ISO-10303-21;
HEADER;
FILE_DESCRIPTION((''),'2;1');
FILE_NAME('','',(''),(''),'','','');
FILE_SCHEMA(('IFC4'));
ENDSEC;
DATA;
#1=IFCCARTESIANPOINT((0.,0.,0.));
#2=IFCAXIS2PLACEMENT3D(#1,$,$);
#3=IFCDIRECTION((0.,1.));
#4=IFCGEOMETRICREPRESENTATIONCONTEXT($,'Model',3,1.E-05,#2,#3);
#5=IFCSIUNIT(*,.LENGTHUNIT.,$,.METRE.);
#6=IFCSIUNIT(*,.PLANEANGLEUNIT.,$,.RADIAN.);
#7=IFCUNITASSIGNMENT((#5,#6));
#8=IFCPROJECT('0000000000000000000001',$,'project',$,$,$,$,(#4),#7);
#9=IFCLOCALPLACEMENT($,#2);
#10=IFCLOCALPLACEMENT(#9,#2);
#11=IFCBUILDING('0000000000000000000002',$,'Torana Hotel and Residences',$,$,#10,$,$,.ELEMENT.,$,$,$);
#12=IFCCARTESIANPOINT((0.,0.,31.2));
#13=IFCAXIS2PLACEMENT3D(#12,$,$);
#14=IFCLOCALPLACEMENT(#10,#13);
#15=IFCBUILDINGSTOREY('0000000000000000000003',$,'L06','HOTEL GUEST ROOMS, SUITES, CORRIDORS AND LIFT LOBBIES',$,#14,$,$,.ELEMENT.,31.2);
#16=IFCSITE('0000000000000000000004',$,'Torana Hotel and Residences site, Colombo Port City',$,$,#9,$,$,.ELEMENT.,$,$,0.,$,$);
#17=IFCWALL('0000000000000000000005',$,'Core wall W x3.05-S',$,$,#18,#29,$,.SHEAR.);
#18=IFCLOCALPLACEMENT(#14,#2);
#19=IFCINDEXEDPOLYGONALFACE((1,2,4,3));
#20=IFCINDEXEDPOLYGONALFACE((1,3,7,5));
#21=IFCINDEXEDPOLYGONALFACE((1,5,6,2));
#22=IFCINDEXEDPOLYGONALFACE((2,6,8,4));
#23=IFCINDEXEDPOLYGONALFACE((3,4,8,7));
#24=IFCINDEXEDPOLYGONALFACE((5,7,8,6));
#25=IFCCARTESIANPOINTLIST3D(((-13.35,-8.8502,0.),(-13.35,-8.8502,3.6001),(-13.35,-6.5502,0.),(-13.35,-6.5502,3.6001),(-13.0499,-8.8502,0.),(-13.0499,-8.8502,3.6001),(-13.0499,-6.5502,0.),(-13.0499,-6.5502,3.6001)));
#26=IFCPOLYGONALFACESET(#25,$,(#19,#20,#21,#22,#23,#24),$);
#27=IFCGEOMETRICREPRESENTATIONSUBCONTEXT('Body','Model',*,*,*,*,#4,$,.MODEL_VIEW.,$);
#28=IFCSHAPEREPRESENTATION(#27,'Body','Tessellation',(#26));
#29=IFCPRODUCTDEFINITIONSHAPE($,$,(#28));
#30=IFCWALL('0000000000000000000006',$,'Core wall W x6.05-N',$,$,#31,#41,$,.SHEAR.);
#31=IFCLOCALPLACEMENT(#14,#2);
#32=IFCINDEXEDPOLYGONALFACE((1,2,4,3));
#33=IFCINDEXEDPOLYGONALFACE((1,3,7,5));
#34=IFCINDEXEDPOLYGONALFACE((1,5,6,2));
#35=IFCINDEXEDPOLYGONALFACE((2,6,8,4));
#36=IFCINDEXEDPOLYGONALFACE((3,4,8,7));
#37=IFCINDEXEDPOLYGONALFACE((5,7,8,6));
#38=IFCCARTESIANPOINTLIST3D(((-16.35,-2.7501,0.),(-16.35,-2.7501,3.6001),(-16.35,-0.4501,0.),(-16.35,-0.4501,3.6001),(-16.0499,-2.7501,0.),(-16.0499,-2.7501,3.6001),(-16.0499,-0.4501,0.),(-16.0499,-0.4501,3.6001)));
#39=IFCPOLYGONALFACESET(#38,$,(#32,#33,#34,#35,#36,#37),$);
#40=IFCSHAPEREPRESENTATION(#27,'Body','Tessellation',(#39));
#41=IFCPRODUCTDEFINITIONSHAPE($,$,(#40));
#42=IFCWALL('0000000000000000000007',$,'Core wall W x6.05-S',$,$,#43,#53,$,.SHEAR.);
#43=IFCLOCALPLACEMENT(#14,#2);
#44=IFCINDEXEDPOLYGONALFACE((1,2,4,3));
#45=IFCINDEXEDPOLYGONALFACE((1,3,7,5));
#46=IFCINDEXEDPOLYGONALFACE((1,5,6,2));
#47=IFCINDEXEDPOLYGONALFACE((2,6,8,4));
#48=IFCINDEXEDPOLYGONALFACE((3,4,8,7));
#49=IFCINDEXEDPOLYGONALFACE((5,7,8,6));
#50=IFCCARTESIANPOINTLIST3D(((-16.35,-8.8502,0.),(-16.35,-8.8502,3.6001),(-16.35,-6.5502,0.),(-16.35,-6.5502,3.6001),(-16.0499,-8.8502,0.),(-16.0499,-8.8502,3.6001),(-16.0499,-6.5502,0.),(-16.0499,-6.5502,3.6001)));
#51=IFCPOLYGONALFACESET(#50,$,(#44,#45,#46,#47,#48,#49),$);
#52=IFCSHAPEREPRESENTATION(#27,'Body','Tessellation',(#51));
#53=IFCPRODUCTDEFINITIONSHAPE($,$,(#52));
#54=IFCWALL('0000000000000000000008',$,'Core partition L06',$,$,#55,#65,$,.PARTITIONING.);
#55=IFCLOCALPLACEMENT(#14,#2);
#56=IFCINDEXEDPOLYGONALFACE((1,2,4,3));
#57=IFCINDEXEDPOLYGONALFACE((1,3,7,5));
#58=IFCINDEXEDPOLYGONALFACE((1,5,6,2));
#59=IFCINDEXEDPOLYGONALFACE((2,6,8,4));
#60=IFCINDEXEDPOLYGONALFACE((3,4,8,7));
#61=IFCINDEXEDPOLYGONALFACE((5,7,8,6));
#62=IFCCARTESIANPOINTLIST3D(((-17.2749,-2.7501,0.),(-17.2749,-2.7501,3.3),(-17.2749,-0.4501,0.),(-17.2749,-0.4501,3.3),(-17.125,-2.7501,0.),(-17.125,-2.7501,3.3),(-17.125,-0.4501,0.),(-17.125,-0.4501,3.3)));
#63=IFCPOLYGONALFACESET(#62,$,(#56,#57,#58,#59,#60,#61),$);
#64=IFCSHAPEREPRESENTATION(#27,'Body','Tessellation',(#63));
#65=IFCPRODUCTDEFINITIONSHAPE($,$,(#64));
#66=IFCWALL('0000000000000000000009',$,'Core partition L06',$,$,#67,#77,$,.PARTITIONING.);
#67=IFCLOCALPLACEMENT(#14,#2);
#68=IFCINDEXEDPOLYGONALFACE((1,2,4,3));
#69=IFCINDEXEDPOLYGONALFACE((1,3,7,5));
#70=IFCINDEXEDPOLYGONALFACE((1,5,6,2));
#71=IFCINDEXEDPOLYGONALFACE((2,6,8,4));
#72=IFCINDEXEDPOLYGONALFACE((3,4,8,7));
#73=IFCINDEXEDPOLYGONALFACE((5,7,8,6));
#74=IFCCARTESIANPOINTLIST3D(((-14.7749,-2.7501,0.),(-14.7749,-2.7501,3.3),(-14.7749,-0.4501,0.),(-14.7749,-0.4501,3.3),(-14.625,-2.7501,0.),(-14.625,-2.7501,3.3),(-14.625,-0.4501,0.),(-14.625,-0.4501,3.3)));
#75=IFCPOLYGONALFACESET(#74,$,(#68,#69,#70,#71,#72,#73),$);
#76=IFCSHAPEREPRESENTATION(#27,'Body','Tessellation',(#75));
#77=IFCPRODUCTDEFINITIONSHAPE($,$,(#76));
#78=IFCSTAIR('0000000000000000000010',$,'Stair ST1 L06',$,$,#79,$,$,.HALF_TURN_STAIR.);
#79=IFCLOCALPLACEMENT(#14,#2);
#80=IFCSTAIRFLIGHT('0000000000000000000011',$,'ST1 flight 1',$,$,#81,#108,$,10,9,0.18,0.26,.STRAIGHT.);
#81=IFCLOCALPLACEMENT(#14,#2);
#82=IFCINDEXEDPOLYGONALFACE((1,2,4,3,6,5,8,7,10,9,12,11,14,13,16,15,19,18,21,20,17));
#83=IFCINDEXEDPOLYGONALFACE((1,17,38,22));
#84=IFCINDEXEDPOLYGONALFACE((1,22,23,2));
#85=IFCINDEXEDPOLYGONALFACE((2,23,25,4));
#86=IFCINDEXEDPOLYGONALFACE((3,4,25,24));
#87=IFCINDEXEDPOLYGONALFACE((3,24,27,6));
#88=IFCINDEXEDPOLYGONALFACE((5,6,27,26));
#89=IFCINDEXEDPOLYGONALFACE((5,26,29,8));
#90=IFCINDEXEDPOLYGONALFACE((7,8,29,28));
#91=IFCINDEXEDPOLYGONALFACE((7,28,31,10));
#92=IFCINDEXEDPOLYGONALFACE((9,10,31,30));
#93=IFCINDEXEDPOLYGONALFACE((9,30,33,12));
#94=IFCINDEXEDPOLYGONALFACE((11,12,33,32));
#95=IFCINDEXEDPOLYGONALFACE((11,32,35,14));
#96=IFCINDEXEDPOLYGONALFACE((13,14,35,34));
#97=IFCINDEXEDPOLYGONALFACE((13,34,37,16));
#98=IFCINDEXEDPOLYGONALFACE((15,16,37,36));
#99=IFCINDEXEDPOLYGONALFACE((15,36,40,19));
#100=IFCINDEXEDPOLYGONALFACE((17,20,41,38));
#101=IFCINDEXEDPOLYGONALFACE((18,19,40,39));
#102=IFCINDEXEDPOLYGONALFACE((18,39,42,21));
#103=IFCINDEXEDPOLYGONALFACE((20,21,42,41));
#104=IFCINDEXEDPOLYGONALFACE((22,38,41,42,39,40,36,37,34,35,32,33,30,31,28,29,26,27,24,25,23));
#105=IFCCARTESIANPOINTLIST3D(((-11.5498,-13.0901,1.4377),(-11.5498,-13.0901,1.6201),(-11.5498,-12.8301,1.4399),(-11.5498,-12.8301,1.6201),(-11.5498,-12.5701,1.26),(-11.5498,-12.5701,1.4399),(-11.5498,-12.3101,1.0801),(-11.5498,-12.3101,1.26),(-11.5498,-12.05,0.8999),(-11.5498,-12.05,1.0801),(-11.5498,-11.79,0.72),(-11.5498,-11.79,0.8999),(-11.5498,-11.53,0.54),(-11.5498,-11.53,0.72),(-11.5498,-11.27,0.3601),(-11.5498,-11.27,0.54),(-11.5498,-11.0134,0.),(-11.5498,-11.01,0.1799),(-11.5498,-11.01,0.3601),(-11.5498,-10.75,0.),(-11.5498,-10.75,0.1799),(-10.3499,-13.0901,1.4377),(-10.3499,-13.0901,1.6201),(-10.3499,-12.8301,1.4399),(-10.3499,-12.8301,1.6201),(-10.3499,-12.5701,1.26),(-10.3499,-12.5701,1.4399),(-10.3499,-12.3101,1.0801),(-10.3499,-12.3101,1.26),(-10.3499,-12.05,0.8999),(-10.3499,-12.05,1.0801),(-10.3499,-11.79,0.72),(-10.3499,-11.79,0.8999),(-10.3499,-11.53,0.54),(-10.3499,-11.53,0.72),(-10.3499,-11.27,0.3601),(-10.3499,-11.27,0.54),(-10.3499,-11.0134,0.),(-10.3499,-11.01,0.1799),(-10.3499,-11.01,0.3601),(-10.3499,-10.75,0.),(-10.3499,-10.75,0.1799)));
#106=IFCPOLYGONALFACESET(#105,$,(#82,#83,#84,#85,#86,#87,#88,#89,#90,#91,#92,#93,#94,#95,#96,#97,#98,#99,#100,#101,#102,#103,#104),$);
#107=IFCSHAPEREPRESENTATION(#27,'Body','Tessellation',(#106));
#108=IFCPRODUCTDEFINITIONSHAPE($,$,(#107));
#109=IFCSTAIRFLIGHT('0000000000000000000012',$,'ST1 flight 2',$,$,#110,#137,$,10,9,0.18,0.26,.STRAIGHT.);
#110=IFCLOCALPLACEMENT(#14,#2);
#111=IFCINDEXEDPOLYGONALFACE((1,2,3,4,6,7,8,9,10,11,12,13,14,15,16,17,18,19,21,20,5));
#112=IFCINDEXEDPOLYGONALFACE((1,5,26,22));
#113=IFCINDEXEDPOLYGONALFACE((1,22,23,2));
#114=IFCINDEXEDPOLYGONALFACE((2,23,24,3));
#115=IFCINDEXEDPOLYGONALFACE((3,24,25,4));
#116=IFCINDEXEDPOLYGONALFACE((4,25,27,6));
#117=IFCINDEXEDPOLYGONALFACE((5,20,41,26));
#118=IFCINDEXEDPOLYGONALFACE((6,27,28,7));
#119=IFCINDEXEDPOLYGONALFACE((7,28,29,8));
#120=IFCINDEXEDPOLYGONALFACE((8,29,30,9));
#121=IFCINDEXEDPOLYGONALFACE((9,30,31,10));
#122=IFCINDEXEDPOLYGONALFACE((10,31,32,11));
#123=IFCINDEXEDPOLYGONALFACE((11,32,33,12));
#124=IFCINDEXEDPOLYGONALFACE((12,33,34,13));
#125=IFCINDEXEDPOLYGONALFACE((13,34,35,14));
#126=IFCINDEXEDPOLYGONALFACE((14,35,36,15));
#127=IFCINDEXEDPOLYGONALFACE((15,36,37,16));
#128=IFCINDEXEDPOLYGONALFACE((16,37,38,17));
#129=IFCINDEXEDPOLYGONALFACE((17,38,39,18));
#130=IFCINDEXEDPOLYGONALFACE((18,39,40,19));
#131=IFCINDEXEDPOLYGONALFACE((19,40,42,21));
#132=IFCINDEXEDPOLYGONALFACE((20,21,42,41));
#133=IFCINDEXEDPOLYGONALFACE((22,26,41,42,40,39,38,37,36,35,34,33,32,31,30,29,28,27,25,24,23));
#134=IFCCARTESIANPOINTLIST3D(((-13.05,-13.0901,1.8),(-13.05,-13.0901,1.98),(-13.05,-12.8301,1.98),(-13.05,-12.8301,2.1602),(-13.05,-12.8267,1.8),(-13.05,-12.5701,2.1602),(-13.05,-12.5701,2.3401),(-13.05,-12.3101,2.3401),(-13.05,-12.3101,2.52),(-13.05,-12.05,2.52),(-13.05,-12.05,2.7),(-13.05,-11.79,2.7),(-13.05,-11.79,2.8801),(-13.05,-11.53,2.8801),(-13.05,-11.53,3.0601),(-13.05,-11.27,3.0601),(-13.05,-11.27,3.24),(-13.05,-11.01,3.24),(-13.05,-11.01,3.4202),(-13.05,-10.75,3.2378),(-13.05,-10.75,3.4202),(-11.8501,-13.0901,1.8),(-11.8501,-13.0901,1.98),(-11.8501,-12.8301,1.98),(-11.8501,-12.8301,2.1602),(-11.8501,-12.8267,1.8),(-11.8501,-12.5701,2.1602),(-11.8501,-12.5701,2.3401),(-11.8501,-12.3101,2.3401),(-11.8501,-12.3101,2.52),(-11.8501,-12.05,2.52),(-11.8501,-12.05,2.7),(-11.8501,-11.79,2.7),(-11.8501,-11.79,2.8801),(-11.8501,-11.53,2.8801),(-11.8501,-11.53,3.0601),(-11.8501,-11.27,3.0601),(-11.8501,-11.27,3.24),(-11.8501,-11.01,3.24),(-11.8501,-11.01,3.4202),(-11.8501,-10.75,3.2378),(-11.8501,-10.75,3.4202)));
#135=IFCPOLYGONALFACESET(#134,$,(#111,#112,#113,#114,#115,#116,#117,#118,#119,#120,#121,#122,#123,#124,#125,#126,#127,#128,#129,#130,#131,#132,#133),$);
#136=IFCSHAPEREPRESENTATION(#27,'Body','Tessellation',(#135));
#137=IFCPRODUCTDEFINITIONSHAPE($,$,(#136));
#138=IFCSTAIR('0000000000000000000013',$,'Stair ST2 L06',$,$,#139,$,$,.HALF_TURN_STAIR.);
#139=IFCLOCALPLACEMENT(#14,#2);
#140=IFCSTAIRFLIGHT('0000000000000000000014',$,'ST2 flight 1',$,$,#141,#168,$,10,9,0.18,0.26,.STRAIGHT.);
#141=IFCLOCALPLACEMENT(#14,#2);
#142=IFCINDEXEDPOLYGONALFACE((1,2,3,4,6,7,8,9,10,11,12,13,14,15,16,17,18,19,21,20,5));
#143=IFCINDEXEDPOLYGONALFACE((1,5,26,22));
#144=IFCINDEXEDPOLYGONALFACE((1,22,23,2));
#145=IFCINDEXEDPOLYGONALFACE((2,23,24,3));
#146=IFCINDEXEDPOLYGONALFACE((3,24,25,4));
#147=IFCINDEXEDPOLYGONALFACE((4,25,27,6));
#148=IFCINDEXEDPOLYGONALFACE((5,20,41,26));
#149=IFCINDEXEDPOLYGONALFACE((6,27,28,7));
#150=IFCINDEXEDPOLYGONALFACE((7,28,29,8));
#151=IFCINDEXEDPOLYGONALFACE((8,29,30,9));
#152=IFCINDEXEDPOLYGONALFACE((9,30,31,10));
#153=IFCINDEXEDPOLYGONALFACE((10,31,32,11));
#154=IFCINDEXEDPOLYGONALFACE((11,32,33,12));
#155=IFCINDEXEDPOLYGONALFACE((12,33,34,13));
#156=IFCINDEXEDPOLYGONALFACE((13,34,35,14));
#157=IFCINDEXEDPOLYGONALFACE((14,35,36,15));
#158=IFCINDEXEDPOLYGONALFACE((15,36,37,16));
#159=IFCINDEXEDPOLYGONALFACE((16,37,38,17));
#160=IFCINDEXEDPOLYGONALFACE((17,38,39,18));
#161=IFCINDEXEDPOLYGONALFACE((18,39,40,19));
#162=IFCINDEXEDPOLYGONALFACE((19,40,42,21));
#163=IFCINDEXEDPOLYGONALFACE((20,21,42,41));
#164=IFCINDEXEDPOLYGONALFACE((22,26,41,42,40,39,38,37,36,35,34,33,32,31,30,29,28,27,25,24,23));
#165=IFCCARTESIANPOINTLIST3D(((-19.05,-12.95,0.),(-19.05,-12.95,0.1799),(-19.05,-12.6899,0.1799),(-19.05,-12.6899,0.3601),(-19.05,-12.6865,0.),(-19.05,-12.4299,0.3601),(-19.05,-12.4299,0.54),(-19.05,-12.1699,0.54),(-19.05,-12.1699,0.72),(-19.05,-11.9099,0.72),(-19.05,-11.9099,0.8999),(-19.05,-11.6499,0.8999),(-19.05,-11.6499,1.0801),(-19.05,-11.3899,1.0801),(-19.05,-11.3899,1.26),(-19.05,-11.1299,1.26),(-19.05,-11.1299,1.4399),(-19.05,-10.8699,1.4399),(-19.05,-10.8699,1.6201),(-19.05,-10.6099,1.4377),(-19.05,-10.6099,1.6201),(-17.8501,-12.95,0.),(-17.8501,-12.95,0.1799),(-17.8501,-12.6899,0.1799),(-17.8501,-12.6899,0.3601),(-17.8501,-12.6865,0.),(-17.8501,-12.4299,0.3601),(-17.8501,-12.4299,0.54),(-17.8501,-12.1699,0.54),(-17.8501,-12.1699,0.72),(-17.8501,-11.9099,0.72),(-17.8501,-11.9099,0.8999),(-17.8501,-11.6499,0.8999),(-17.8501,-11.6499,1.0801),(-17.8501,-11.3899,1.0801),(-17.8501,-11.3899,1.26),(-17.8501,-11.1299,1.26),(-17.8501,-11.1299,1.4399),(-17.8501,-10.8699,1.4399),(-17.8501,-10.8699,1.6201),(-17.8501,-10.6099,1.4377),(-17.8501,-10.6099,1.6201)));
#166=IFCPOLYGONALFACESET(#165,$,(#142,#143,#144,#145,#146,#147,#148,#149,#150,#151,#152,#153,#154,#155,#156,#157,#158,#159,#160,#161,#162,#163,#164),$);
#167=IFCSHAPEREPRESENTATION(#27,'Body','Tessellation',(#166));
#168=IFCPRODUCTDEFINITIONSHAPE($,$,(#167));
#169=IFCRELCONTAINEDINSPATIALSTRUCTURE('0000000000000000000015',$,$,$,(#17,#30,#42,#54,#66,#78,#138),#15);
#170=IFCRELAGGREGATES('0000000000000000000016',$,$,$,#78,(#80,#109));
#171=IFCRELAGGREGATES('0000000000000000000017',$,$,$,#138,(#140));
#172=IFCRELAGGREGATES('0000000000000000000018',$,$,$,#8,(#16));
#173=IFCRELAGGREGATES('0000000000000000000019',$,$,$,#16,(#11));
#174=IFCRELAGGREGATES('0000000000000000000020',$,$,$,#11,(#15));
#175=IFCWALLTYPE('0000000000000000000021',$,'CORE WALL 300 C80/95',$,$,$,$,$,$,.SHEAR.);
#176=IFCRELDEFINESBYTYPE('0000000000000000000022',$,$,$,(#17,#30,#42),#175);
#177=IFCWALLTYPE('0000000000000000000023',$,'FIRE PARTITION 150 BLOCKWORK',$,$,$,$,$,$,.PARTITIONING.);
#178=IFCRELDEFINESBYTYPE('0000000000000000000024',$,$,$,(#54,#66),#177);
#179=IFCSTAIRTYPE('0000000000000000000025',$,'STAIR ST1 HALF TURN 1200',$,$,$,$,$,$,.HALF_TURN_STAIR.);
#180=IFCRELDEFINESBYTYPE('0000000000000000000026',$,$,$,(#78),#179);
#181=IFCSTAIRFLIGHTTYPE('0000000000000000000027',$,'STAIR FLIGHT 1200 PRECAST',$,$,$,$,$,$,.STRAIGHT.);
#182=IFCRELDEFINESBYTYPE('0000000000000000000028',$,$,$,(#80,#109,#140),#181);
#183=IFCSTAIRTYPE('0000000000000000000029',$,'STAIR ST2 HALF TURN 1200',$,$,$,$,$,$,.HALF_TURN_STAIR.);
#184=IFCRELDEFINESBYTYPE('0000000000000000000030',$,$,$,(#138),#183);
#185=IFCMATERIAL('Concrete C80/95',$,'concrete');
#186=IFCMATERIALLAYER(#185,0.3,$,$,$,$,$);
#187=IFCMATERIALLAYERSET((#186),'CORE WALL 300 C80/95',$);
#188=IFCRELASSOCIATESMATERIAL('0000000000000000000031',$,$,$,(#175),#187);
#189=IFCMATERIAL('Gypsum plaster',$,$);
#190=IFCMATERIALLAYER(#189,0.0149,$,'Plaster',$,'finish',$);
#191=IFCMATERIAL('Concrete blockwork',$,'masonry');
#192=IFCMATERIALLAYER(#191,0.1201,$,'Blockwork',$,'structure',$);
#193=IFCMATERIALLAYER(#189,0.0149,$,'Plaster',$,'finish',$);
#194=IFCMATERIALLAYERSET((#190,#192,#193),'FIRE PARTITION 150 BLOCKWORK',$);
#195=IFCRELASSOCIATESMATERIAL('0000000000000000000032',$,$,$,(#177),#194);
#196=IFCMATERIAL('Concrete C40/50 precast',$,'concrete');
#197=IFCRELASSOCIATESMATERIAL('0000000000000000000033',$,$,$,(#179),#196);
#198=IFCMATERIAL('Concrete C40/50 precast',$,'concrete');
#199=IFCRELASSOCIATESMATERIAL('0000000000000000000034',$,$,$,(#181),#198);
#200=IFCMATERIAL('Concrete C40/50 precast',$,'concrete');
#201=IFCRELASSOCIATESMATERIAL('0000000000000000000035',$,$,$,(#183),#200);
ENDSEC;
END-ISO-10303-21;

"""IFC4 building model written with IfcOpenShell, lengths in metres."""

from ifc_helpers import new_model, si_unit, direction, frame, frame_2d, origin, place, context, subcontext, project, spatial, polyline, rectangle, outline, extrude, material, layer, layer_set, type_object, element, aggregate, save


model = new_model("IFC4")

# Units and contexts
model_context = context("Model", 3, precision=1e-05, world=origin(), true_north=direction((0.0, 1.0)))
body_context = subcontext(model_context, "Body", "Model", "MODEL_VIEW")
ifc_project = project(units=[si_unit("LENGTHUNIT", "METRE"), si_unit("PLANEANGLEUNIT", "RADIAN")], contexts=[model_context])

# Site, building, storey
site_placement = place(None, origin())
site = spatial("IfcSite", under=ifc_project, at=site_placement, Name="Torana Hotel and Residences site, Colombo Port City", CompositionType="ELEMENT", RefElevation=0.0)
building_placement = place(site_placement, origin())
building = spatial("IfcBuilding", under=site, at=building_placement, Name="Torana Hotel and Residences", CompositionType="ELEMENT")
storey_placement = place(building_placement, frame((0.0, 0.0, 31.2)))
storey = spatial("IfcBuildingStorey", under=building, at=storey_placement, Name="L06", Description="HOTEL GUEST ROOMS, SUITES, CORRIDORS AND LIFT LOBBIES", CompositionType="ELEMENT", Elevation=31.2)

# Walls
ifc_material_1 = material(Name="Concrete C80/95", Category="concrete")
ifc_layer_1 = layer(ifc_material_1, 0.3)
ifc_layer_set_1 = layer_set([ifc_layer_1], Name="CORE WALL 300 C80/95")
wall_type_1 = type_object("IfcWallType", Name="CORE WALL 300 C80/95", PredefinedType="SHEAR", material=ifc_layer_set_1)
for number, where, z_axis, x_axis, name in (
    (1, (-13.2, -8.8501, 0.0), (0.0, 0.0, 1.0), (0.0, 1.0, 0.0), "Core wall W x3.05-S"),
    (2, (-16.2, -2.75, 0.0), (0.0, 0.0, 1.0), (0.0, 1.0, 0.0), "Core wall W x6.05-N"),
    (3, (-16.2, -8.8501, 0.0), (0.0, 0.0, 1.0), (0.0, 1.0, 0.0), "Core wall W x6.05-S"),
):
    element("IfcWall", number, at=place(storey_placement, frame(where, z_axis=z_axis, x_axis=x_axis)), inside=storey, type_object=wall_type_1, Name=name, PredefinedType="SHEAR", context=body_context, shape_type="SweptSolid", body=[
        extrude(rectangle(XDim=2.3, YDim=0.3, at=frame_2d((1.1499, 0.0))), origin(), (0.0, 0.0, 1.0), 3.6001),
    ])

# Walls
ifc_material_2 = material(Name="Gypsum plaster")
ifc_layer_2 = layer(ifc_material_2, 0.0149, Name="Plaster", Category="finish")
ifc_material_3 = material(Name="Concrete blockwork", Category="masonry")
ifc_layer_3 = layer(ifc_material_3, 0.1201, Name="Blockwork", Category="structure")
ifc_layer_4 = layer(ifc_material_2, 0.0149, Name="Plaster", Category="finish")
ifc_layer_set_2 = layer_set([ifc_layer_2, ifc_layer_3, ifc_layer_4], Name="FIRE PARTITION 150 BLOCKWORK")
wall_type_2 = type_object("IfcWallType", Name="FIRE PARTITION 150 BLOCKWORK", PredefinedType="PARTITIONING", material=ifc_layer_set_2)
for number, where, z_axis, x_axis, name in (
    (4, (-17.2, -2.75, 0.0), (0.0, 0.0, 1.0), (0.0, 1.0, 0.0), "Core partition L06"),
    (5, (-14.7, -2.75, 0.0), (0.0, 0.0, 1.0), (0.0, 1.0, 0.0), "Core partition L06"),
):
    element("IfcWall", number, at=place(storey_placement, frame(where, z_axis=z_axis, x_axis=x_axis)), inside=storey, type_object=wall_type_2, Name=name, PredefinedType="PARTITIONING", context=body_context, shape_type="SweptSolid", body=[
        extrude(rectangle(XDim=2.3, YDim=0.1499, at=frame_2d((1.1499, 0.0))), origin(), (0.0, 0.0, 1.0), 3.3),
    ])

# Stairs, stair flights
ifc_material_4 = material(Name="Concrete C40/50 precast", Category="concrete")
stair_type_1 = type_object("IfcStairType", Name="STAIR ST1 HALF TURN 1200", PredefinedType="HALF_TURN_STAIR", material=ifc_material_4)
stair_1_placement = place(storey_placement, origin())
stair_1 = element("IfcStair", 6, at=stair_1_placement, inside=storey, type_object=stair_type_1, Name="Stair ST1 L06", PredefinedType="HALF_TURN_STAIR")
ifc_material_5 = material(Name="Concrete C40/50 precast", Category="concrete")
stair_flight_type = type_object("IfcStairFlightType", Name="STAIR FLIGHT 1200 PRECAST", PredefinedType="STRAIGHT", material=ifc_material_5)
stair_flight_1_placement = place(storey_placement, frame((-10.95, -10.75, 0.0), z_axis=(0.0, 0.0, 1.0), x_axis=(0.0, -1.0, 0.0)))
stair_flight_1 = element("IfcStairFlight", 7, at=stair_flight_1_placement, type_object=stair_flight_type, Name="ST1 flight 1", NumberOfRisers=10, NumberOfTreads=9, PredefinedType="STRAIGHT", RiserHeight=0.18, TreadLength=0.26, context=body_context, shape_type="SweptSolid", body=[
    extrude(outline(polyline([(0.0, 0.0), (0.0, 0.1799), (0.26, 0.1799), (0.26, 0.3601), (0.52, 0.3601), (0.52, 0.54), (0.78, 0.54), (0.78, 0.72), (1.04, 0.72), (1.04, 0.8999), (1.3, 0.8999), (1.3, 1.0801), (1.5601, 1.0801), (1.5601, 1.26), (1.8201, 1.26), (1.8201, 1.4399), (2.0801, 1.4399), (2.0801, 1.6201), (2.3401, 1.6201), (2.3401, 1.8), (2.3401, 1.4377), (0.2634, 0.0), (0.0, 0.0)])), frame((0.0, 0.6001, 0.0), z_axis=(0.0, -1.0, 0.0), x_axis=(1.0, 0.0, 0.0)), (0.0, 0.0, 1.0), 1.2),
])
stair_flight_2_placement = place(storey_placement, frame((-12.45, -13.0901, 1.8), z_axis=(0.0, 0.0, 1.0), x_axis=(0.0, 1.0, 0.0)))
stair_flight_2 = element("IfcStairFlight", 8, at=stair_flight_2_placement, type_object=stair_flight_type, Name="ST1 flight 2", NumberOfRisers=10, NumberOfTreads=9, PredefinedType="STRAIGHT", RiserHeight=0.18, TreadLength=0.26, context=body_context, shape_type="SweptSolid", body=[
    extrude(outline(polyline([(0.0, 0.0), (0.0, 0.1799), (0.26, 0.1799), (0.26, 0.3601), (0.52, 0.3601), (0.52, 0.54), (0.78, 0.54), (0.78, 0.72), (1.04, 0.72), (1.04, 0.8999), (1.3, 0.8999), (1.3, 1.0801), (1.5601, 1.0801), (1.5601, 1.26), (1.8201, 1.26), (1.8201, 1.4399), (2.0801, 1.4399), (2.0801, 1.6201), (2.3401, 1.6201), (2.3401, 1.8), (2.3401, 1.4377), (0.2634, 0.0), (0.0, 0.0)])), frame((0.0, 0.6001, 0.0), z_axis=(0.0, -1.0, 0.0), x_axis=(1.0, 0.0, 0.0)), (0.0, 0.0, 1.0), 1.2),
])
aggregate(stair_1, [stair_flight_1, stair_flight_2])
ifc_material_6 = material(Name="Concrete C40/50 precast", Category="concrete")
stair_type_2 = type_object("IfcStairType", Name="STAIR ST2 HALF TURN 1200", PredefinedType="HALF_TURN_STAIR", material=ifc_material_6)
stair_2_placement = place(storey_placement, origin())
stair_2 = element("IfcStair", 9, at=stair_2_placement, inside=storey, type_object=stair_type_2, Name="Stair ST2 L06", PredefinedType="HALF_TURN_STAIR")
stair_flight_3_placement = place(storey_placement, frame((-18.45, -12.95, 0.0), z_axis=(0.0, 0.0, 1.0), x_axis=(0.0, 1.0, 0.0)))
stair_flight_3 = element("IfcStairFlight", 10, at=stair_flight_3_placement, type_object=stair_flight_type, Name="ST2 flight 1", NumberOfRisers=10, NumberOfTreads=9, PredefinedType="STRAIGHT", RiserHeight=0.18, TreadLength=0.26, context=body_context, shape_type="SweptSolid", body=[
    extrude(outline(polyline([(0.0, 0.0), (0.0, 0.1799), (0.26, 0.1799), (0.26, 0.3601), (0.52, 0.3601), (0.52, 0.54), (0.78, 0.54), (0.78, 0.72), (1.04, 0.72), (1.04, 0.8999), (1.3, 0.8999), (1.3, 1.0801), (1.5601, 1.0801), (1.5601, 1.26), (1.8201, 1.26), (1.8201, 1.4399), (2.0801, 1.4399), (2.0801, 1.6201), (2.3401, 1.6201), (2.3401, 1.8), (2.3401, 1.4377), (0.2634, 0.0), (0.0, 0.0)])), frame((0.0, 0.6001, 0.0), z_axis=(0.0, -1.0, 0.0), x_axis=(1.0, 0.0, 0.0)), (0.0, 0.0, 1.0), 1.2),
])
aggregate(stair_2, [stair_flight_3])

save(model, "model.ifc")
